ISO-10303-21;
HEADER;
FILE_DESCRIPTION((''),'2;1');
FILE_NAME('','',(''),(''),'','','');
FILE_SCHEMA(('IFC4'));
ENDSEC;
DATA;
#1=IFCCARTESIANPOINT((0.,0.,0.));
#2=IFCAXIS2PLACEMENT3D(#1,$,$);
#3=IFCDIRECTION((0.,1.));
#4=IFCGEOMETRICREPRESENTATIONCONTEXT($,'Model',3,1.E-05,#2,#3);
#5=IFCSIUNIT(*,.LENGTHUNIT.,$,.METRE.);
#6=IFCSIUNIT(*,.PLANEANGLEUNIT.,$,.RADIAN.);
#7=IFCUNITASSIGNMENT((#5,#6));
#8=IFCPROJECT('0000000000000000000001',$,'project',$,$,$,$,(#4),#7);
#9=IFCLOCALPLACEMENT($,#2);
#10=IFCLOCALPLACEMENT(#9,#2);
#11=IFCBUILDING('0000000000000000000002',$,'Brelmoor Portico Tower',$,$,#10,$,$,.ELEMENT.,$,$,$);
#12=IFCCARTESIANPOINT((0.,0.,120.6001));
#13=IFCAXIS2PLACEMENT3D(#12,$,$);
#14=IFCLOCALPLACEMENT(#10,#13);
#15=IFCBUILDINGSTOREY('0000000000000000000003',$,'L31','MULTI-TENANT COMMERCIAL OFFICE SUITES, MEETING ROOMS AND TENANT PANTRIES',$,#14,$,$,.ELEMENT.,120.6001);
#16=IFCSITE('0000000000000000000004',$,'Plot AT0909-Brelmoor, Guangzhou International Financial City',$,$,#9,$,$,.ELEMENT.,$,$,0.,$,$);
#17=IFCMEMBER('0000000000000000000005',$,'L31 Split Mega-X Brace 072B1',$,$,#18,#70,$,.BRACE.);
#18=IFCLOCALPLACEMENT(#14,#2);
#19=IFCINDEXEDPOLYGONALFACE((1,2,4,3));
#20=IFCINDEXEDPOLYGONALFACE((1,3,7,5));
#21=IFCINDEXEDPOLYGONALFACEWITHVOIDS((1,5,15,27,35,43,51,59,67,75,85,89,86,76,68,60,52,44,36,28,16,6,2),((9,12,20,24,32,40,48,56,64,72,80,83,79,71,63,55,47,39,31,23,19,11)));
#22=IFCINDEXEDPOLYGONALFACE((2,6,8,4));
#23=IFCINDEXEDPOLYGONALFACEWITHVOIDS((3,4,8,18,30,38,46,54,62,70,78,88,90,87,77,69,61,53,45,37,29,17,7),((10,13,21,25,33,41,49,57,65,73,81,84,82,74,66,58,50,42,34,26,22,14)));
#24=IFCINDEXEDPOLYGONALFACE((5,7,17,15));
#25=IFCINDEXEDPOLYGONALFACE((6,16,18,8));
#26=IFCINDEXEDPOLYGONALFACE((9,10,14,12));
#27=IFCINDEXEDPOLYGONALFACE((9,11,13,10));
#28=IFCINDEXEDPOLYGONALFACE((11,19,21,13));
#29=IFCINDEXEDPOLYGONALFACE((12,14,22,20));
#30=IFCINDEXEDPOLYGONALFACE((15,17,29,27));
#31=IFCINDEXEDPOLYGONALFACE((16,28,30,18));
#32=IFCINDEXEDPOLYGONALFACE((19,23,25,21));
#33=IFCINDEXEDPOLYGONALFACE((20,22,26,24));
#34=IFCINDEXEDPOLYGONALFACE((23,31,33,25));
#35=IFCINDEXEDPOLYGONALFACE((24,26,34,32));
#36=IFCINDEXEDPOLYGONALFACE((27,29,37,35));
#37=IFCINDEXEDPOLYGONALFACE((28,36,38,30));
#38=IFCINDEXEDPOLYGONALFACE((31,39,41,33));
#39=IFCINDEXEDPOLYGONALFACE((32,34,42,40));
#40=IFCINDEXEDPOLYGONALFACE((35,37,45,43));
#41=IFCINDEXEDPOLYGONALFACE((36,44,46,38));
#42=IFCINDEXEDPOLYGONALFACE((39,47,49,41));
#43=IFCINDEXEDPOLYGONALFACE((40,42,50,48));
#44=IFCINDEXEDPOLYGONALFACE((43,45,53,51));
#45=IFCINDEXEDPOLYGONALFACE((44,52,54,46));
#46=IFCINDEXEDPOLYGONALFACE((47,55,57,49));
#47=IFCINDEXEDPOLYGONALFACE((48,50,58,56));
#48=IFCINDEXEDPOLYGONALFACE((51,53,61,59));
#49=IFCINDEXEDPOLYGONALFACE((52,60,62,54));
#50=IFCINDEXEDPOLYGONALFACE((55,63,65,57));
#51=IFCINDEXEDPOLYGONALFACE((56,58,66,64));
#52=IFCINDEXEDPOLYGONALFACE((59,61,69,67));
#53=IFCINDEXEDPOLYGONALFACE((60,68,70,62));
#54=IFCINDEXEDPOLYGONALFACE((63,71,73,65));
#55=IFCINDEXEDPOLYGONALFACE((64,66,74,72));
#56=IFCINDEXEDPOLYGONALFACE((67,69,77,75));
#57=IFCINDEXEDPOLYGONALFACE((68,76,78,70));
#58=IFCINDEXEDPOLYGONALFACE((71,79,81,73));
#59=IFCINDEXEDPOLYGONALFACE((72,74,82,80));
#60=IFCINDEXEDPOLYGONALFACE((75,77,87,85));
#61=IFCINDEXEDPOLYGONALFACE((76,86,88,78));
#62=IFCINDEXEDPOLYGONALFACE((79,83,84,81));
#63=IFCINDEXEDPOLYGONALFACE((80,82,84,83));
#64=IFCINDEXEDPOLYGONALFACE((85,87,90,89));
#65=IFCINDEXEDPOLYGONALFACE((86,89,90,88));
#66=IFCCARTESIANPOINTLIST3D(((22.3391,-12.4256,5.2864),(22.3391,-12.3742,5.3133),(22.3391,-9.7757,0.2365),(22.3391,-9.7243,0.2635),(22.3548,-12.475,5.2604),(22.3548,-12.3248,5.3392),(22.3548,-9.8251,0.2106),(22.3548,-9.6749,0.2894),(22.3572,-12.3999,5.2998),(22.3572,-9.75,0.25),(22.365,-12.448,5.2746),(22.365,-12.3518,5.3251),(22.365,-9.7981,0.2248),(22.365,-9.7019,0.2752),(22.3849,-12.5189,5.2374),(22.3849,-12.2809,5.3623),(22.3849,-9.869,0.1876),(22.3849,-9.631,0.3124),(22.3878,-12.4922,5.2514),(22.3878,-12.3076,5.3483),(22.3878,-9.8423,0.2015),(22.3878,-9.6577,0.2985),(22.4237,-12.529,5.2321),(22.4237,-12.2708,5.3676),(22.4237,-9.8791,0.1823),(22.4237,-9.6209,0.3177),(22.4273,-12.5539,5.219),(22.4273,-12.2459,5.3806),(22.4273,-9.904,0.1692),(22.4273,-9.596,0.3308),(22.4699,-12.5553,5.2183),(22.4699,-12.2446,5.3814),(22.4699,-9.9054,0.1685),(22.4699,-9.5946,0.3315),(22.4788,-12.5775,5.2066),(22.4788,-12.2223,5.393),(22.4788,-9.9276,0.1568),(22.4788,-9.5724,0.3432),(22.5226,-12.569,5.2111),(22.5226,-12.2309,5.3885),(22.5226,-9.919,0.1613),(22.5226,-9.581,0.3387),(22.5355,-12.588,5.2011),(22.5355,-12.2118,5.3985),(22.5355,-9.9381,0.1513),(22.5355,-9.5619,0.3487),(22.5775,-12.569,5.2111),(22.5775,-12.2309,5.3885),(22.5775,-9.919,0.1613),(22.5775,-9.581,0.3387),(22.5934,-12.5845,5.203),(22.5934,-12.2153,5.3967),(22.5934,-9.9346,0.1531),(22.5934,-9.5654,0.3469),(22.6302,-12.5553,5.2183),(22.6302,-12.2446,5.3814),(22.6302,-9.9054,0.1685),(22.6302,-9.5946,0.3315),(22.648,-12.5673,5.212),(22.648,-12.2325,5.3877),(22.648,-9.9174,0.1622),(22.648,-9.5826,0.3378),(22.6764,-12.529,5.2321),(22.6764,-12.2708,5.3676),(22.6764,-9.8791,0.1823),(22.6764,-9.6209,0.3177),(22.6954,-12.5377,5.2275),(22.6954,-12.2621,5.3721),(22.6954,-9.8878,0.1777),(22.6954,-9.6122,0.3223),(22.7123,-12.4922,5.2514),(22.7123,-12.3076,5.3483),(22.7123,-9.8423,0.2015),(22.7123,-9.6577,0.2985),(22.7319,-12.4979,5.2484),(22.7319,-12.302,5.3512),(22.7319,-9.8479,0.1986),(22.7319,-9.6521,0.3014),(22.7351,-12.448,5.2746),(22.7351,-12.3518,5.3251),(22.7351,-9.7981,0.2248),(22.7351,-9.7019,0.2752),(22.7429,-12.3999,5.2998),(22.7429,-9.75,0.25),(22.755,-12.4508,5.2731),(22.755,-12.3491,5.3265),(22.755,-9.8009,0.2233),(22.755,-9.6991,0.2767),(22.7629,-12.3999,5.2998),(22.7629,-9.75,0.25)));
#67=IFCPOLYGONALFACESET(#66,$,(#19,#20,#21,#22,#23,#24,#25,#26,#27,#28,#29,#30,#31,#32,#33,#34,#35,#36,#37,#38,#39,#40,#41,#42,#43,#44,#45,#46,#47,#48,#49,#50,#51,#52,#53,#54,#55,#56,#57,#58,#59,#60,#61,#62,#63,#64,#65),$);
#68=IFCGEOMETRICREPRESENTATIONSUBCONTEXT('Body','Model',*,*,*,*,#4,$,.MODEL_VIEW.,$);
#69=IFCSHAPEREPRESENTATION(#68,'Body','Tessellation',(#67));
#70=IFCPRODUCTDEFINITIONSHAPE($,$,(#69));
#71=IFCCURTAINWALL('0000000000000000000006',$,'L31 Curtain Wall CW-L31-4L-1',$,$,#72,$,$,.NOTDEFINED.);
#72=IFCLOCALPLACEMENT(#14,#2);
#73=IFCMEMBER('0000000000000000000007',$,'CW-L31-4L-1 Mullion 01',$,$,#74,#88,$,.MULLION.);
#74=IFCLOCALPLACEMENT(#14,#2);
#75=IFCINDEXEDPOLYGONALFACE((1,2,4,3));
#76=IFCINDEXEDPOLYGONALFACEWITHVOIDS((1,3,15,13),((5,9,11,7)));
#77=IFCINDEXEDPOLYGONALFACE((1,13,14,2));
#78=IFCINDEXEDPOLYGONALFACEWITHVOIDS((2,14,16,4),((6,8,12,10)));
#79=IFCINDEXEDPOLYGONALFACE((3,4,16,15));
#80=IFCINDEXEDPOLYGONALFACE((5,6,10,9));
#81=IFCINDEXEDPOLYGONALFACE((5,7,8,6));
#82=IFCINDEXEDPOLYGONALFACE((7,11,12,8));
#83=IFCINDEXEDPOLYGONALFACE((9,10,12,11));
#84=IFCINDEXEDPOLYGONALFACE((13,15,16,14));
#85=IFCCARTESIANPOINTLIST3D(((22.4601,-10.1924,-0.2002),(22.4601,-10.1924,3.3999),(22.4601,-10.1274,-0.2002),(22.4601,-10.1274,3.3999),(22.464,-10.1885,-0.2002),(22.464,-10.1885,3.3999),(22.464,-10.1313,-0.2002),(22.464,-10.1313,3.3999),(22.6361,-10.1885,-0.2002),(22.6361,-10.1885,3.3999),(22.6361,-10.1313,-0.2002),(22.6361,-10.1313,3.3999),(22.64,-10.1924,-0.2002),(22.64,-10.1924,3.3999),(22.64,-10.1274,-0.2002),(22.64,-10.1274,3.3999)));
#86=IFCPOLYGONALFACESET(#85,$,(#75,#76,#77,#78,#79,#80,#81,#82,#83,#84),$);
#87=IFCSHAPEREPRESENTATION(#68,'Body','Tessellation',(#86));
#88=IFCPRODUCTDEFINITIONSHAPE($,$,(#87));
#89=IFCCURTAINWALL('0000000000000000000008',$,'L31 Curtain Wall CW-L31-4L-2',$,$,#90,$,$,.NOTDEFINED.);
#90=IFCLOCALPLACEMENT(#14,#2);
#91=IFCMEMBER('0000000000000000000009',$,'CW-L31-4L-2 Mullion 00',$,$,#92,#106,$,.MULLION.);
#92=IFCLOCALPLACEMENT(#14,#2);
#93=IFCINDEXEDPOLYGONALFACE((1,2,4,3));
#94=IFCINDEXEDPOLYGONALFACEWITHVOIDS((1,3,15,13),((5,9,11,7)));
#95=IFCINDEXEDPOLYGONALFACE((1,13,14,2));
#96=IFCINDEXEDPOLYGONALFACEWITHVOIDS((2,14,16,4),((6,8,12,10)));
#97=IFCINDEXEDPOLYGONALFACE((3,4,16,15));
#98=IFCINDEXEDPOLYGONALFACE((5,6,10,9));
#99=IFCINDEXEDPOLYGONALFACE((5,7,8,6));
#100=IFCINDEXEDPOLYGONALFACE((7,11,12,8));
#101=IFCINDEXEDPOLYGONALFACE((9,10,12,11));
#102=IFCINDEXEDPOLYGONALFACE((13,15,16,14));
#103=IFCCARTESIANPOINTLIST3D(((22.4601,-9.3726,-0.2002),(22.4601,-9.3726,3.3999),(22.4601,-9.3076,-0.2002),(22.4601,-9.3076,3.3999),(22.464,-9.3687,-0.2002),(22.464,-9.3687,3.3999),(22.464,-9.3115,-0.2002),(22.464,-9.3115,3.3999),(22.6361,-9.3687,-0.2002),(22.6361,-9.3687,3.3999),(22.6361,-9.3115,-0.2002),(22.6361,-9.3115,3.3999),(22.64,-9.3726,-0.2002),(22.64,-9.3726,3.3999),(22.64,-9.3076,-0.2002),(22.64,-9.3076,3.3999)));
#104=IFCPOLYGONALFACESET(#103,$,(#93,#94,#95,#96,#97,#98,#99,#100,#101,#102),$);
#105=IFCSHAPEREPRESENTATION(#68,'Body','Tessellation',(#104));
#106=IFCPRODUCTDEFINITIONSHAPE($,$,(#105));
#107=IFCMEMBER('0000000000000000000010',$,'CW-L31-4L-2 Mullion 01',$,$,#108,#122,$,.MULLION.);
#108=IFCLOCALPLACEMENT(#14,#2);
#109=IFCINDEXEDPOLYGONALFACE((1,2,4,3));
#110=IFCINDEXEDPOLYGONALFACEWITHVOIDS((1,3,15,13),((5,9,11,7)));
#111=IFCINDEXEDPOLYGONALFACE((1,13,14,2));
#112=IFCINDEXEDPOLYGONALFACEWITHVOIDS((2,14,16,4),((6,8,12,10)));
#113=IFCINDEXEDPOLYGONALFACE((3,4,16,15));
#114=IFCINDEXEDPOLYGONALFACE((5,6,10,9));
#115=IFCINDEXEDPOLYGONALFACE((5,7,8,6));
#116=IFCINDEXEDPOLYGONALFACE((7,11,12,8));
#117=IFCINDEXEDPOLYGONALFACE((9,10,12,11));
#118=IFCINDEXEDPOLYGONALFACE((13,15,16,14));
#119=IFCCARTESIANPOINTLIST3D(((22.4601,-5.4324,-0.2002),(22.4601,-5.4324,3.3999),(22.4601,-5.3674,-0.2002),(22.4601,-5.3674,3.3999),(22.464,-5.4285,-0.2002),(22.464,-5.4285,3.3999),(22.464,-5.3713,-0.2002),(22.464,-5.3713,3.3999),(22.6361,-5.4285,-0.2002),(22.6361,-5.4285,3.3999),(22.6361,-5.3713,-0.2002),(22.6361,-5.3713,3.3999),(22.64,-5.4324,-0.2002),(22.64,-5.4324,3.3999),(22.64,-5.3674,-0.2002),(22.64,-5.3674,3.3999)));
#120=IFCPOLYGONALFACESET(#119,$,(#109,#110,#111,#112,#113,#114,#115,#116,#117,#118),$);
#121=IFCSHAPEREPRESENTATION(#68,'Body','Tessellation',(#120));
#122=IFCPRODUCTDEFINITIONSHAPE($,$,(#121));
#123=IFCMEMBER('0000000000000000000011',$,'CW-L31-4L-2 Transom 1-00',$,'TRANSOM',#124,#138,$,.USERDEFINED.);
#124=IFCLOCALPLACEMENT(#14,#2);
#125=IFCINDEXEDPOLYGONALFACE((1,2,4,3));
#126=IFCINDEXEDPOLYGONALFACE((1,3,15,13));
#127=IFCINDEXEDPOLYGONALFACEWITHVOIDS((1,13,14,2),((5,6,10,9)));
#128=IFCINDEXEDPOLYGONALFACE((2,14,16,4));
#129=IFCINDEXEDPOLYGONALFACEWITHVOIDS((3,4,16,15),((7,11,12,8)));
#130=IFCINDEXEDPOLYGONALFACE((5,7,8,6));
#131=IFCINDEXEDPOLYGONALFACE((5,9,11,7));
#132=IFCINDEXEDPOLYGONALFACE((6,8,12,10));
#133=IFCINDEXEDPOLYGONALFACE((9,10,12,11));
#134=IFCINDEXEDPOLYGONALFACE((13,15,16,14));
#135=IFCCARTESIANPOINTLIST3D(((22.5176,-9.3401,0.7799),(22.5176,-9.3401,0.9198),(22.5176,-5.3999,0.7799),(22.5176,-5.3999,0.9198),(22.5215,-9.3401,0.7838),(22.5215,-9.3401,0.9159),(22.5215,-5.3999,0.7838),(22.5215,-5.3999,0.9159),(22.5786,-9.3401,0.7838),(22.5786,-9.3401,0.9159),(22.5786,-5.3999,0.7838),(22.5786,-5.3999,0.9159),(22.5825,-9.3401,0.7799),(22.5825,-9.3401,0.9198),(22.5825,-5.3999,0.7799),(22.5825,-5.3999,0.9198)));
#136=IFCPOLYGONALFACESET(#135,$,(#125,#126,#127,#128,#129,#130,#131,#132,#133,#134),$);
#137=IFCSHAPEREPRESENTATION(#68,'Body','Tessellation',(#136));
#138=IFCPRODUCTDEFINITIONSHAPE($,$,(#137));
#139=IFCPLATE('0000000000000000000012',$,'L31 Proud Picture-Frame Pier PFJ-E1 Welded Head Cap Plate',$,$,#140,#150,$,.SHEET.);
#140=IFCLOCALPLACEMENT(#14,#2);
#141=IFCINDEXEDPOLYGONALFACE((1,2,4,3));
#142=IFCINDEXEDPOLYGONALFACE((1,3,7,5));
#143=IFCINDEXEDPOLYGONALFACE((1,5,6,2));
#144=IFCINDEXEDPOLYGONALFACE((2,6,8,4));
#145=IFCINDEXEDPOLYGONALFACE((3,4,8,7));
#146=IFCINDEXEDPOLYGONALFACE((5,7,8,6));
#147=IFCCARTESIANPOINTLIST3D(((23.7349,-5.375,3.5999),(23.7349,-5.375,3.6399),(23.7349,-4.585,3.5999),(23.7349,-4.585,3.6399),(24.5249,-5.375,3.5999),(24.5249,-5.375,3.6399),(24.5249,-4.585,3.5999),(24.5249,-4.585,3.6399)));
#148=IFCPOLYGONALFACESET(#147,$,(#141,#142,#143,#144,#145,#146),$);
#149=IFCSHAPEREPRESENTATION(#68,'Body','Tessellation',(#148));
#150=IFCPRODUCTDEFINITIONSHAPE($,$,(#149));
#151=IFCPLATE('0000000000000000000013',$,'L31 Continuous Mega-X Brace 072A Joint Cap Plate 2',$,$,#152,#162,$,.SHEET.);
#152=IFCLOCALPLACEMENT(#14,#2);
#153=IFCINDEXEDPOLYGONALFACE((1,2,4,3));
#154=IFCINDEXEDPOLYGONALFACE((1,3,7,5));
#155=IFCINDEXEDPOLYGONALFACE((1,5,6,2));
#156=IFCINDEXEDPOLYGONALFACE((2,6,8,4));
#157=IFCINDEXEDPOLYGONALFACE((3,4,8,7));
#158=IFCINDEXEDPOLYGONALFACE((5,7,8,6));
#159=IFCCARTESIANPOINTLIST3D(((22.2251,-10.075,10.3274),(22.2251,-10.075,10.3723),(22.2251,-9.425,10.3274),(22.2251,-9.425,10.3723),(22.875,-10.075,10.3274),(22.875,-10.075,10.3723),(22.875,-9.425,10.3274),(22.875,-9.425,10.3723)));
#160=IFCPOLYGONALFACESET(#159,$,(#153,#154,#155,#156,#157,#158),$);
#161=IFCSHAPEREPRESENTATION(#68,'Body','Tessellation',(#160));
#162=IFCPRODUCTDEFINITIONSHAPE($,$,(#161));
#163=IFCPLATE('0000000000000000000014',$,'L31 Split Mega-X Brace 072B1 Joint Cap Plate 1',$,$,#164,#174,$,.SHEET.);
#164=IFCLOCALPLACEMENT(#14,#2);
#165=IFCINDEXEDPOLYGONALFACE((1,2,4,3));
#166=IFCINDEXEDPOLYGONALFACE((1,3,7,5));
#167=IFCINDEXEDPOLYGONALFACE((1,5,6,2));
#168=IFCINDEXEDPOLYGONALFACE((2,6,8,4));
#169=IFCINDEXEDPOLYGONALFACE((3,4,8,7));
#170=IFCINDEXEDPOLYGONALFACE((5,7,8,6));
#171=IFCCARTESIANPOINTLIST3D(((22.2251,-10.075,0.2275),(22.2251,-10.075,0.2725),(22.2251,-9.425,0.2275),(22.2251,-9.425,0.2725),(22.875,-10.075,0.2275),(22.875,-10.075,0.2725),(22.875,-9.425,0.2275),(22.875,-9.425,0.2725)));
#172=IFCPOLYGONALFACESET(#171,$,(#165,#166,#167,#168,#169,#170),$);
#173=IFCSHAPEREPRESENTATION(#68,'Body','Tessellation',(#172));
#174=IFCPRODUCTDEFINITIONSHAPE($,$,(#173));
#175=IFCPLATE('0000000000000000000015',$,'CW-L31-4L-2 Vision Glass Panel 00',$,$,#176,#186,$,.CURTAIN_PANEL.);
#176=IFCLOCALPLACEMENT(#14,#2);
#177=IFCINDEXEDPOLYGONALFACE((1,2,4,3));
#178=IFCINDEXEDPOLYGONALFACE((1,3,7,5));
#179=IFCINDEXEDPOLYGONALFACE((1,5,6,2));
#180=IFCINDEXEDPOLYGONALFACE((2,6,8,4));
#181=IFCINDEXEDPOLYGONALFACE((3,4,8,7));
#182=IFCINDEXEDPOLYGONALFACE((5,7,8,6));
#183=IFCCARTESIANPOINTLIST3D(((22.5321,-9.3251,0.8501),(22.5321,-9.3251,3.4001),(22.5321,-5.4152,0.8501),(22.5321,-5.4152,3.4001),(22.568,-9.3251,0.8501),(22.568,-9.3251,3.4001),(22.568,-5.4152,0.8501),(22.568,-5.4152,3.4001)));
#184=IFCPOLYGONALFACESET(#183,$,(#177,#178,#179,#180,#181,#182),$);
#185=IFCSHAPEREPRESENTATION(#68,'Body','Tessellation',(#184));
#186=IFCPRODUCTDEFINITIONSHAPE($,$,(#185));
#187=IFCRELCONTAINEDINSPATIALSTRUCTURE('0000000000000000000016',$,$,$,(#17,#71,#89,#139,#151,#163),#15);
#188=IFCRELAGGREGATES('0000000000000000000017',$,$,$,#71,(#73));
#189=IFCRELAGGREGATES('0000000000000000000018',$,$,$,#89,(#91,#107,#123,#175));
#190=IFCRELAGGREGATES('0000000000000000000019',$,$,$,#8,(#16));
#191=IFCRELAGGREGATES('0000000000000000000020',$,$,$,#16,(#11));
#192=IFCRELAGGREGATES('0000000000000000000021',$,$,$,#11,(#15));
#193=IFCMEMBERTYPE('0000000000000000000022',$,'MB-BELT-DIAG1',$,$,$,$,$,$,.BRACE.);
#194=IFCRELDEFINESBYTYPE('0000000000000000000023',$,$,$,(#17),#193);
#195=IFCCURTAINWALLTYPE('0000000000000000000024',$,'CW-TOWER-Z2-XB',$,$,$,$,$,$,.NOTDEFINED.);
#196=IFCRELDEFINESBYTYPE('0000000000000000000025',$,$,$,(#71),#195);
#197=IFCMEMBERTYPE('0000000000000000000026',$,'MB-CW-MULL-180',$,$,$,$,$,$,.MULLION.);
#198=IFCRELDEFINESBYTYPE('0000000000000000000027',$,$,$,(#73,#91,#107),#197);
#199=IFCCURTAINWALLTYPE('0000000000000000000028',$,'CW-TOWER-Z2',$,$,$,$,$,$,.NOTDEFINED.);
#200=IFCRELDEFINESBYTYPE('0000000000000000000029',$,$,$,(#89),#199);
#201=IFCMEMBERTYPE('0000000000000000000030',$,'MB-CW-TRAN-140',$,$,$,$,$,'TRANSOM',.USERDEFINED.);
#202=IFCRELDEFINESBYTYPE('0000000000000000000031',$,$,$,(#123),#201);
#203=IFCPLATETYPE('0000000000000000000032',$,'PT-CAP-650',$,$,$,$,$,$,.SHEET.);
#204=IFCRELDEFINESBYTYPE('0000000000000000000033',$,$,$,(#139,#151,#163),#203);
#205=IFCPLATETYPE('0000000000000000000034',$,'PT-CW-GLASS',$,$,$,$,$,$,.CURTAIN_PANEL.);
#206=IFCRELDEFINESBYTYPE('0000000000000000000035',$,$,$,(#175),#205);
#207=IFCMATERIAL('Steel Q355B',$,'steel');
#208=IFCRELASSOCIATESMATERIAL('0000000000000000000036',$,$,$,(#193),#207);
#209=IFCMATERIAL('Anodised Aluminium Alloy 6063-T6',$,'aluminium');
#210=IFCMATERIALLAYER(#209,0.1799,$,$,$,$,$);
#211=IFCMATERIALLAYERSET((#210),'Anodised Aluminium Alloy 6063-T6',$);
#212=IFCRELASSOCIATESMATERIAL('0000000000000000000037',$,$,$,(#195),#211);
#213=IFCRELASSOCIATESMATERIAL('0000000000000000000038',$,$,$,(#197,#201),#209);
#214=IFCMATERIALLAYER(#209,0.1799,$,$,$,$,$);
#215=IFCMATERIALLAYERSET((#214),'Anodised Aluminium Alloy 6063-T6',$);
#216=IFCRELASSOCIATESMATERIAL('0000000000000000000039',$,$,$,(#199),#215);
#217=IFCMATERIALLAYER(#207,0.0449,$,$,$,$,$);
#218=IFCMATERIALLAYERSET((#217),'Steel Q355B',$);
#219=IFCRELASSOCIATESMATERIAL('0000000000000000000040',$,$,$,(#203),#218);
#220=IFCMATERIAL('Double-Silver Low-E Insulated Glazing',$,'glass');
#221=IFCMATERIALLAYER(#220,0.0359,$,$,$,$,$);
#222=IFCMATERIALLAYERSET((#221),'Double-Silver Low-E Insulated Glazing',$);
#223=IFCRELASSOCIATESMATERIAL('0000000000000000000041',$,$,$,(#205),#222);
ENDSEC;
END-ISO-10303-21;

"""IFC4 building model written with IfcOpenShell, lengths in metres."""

from ifc_helpers import new_model, si_unit, direction, frame, origin, origin_2d, place, context, subcontext, project, spatial, rectangle, hollow_rectangle, hollow_circle, extrude, material, layer, layer_set, material_profile, profile_set, type_object, element, aggregate, save


model = new_model("IFC4")

# Units and contexts
model_context = context("Model", 3, precision=1e-05, world=origin(), true_north=direction((0.0, 1.0)))
body_context = subcontext(model_context, "Body", "Model", "MODEL_VIEW")
ifc_project = project(units=[si_unit("LENGTHUNIT", "METRE"), si_unit("PLANEANGLEUNIT", "RADIAN")], contexts=[model_context])

# Site, building, storey
site_placement = place(None, origin())
site = spatial("IfcSite", under=ifc_project, at=site_placement, Name="Plot AT0909-Brelmoor, Guangzhou International Financial City", CompositionType="ELEMENT", RefElevation=0.0)
building_placement = place(site_placement, origin())
building = spatial("IfcBuilding", under=site, at=building_placement, Name="Brelmoor Portico Tower", CompositionType="ELEMENT")
storey_placement = place(building_placement, frame((0.0, 0.0, 120.6001)))
storey = spatial("IfcBuildingStorey", under=building, at=storey_placement, Name="L31", Description="MULTI-TENANT COMMERCIAL OFFICE SUITES, MEETING ROOMS AND TENANT PANTRIES", CompositionType="ELEMENT", Elevation=120.6001)

# Shared definitions
ifc_material_1 = material(Name="Steel Q355B", Category="steel")

# Member
ifc_material_profile_1 = material_profile(ifc_material_1, hollow_circle(Radius=0.2129, WallThickness=0.02, at=origin_2d()), Name="CHS 426x20")
ifc_profile_set_1 = profile_set([ifc_material_profile_1], Name="Steel Q355B")
member_type_1 = type_object("IfcMemberType", Name="MB-BELT-DIAG1", PredefinedType="BRACE", material=ifc_profile_set_1)
member_1_placement = place(storey_placement, frame((22.55, -9.75, 0.25), z_axis=(0.0, -0.464663, 0.885488), x_axis=(1.0, 0.0, 0.0)))
element("IfcMember", 1, at=member_1_placement, inside=storey, type_object=member_type_1, Name="L31 Split Mega-X Brace 072B1", PredefinedType="BRACE", context=body_context, shape_type="SweptSolid", body=[
    extrude(hollow_circle(Radius=0.2129, WallThickness=0.02, at=origin_2d()), origin(), (0.0, 0.0, 1.0), 5.7029),
])

# Curtain wall, member
ifc_material_2 = material(Name="Anodised Aluminium Alloy 6063-T6", Category="aluminium")
ifc_layer_1 = layer(ifc_material_2, 0.1799)
ifc_layer_set_1 = layer_set([ifc_layer_1], Name="Anodised Aluminium Alloy 6063-T6")
curtain_wall_type_1 = type_object("IfcCurtainWallType", Name="CW-TOWER-Z2-XB", PredefinedType="NOTDEFINED", material=ifc_layer_set_1)
curtain_wall_1_placement = place(storey_placement, origin())
curtain_wall_1 = element("IfcCurtainWall", 2, at=curtain_wall_1_placement, inside=storey, type_object=curtain_wall_type_1, Name="L31 Curtain Wall CW-L31-4L-1", PredefinedType="NOTDEFINED")
ifc_material_profile_2 = material_profile(ifc_material_2, hollow_rectangle(XDim=0.0649, YDim=0.1799, WallThickness=0.0039, at=origin_2d()), Name="ALU MULLION 65x180")
ifc_profile_set_2 = profile_set([ifc_material_profile_2], Name="Anodised Aluminium Alloy 6063-T6")
member_type_2 = type_object("IfcMemberType", Name="MB-CW-MULL-180", PredefinedType="MULLION", material=ifc_profile_set_2)
member_2_placement = place(storey_placement, frame((22.55, -10.1599, -0.2002), z_axis=(0.0, 0.0, 1.0), x_axis=(0.0, 1.0, 0.0)))
member_2 = element("IfcMember", 3, at=member_2_placement, type_object=member_type_2, Name="CW-L31-4L-1 Mullion 01", PredefinedType="MULLION", context=body_context, shape_type="SweptSolid", body=[
    extrude(hollow_rectangle(XDim=0.0649, YDim=0.1799, WallThickness=0.0039, at=origin_2d()), origin(), (0.0, 0.0, 1.0), 3.6001),
])

# Curtain wall, members
ifc_layer_2 = layer(ifc_material_2, 0.1799)
ifc_layer_set_2 = layer_set([ifc_layer_2], Name="Anodised Aluminium Alloy 6063-T6")
curtain_wall_type_2 = type_object("IfcCurtainWallType", Name="CW-TOWER-Z2", PredefinedType="NOTDEFINED", material=ifc_layer_set_2)
curtain_wall_2_placement = place(storey_placement, origin())
curtain_wall_2 = element("IfcCurtainWall", 4, at=curtain_wall_2_placement, inside=storey, type_object=curtain_wall_type_2, Name="L31 Curtain Wall CW-L31-4L-2", PredefinedType="NOTDEFINED")
member_3_placement = place(storey_placement, frame((22.55, -9.3401, -0.2002), z_axis=(0.0, 0.0, 1.0), x_axis=(0.0, 1.0, 0.0)))
member_3 = element("IfcMember", 5, at=member_3_placement, type_object=member_type_2, Name="CW-L31-4L-2 Mullion 00", PredefinedType="MULLION", context=body_context, shape_type="SweptSolid", body=[
    extrude(hollow_rectangle(XDim=0.0649, YDim=0.1799, WallThickness=0.0039, at=origin_2d()), origin(), (0.0, 0.0, 1.0), 3.6001),
])
member_4_placement = place(storey_placement, frame((22.55, -5.3999, -0.2002), z_axis=(0.0, 0.0, 1.0), x_axis=(0.0, 1.0, 0.0)))
member_4 = element("IfcMember", 6, at=member_4_placement, type_object=member_type_2, Name="CW-L31-4L-2 Mullion 01", PredefinedType="MULLION", context=body_context, shape_type="SweptSolid", body=[
    extrude(hollow_rectangle(XDim=0.0649, YDim=0.1799, WallThickness=0.0039, at=origin_2d()), origin(), (0.0, 0.0, 1.0), 3.6001),
])
ifc_material_profile_3 = material_profile(ifc_material_2, hollow_rectangle(XDim=0.0649, YDim=0.1399, WallThickness=0.0039, at=origin_2d()), Name="ALU TRANSOM 65x140")
ifc_profile_set_3 = profile_set([ifc_material_profile_3], Name="Anodised Aluminium Alloy 6063-T6")
member_type_3 = type_object("IfcMemberType", Name="MB-CW-TRAN-140", ElementType="TRANSOM", PredefinedType="USERDEFINED", material=ifc_profile_set_3)
member_5_placement = place(storey_placement, frame((22.55, -9.3401, 0.8499), z_axis=(0.0, 1.0, 0.0), x_axis=(-1.0, 0.0, 0.0)))
member_5 = element("IfcMember", 7, at=member_5_placement, type_object=member_type_3, Name="CW-L31-4L-2 Transom 1-00", ObjectType="TRANSOM", PredefinedType="USERDEFINED", context=body_context, shape_type="SweptSolid", body=[
    extrude(hollow_rectangle(XDim=0.0649, YDim=0.1399, WallThickness=0.0039, at=origin_2d()), origin(), (0.0, 0.0, 1.0), 3.9402),
])

# Plates
ifc_layer_3 = layer(ifc_material_1, 0.0449)
ifc_layer_set_3 = layer_set([ifc_layer_3], Name="Steel Q355B")
plate_type_1 = type_object("IfcPlateType", Name="PT-CAP-650", PredefinedType="SHEET", material=ifc_layer_set_3)
plate_1_placement = place(storey_placement, frame((24.1299, -4.98, 3.5999), z_axis=(0.0, 0.0, 1.0), x_axis=(0.0, 1.0, 0.0)))
element("IfcPlate", 8, at=plate_1_placement, inside=storey, type_object=plate_type_1, Name="L31 Proud Picture-Frame Pier PFJ-E1 Welded Head Cap Plate", PredefinedType="SHEET", context=body_context, shape_type="SweptSolid", body=[
    extrude(rectangle(XDim=0.79, YDim=0.79, at=origin_2d()), origin(), (0.0, 0.0, 1.0), 0.04),
])
for number, where, z_axis, x_axis, name in (
    (9, (22.55, -9.75, 10.3274), (0.0, 0.0, 1.0), (1.0, 0.0, 0.0), "L31 Continuous Mega-X Brace 072A Joint Cap Plate 2"),
    (10, (22.55, -9.75, 0.2275), (0.0, 0.0, 1.0), (1.0, 0.0, 0.0), "L31 Split Mega-X Brace 072B1 Joint Cap Plate 1"),
):
    element("IfcPlate", number, at=place(storey_placement, frame(where, z_axis=z_axis, x_axis=x_axis)), inside=storey, type_object=plate_type_1, Name=name, PredefinedType="SHEET", context=body_context, shape_type="SweptSolid", body=[
        extrude(rectangle(XDim=0.6499, YDim=0.6499, at=origin_2d()), origin(), (0.0, 0.0, 1.0), 0.0449),
    ])

# Plate
ifc_material_3 = material(Name="Double-Silver Low-E Insulated Glazing", Category="glass")
ifc_layer_4 = layer(ifc_material_3, 0.0359)
ifc_layer_set_4 = layer_set([ifc_layer_4], Name="Double-Silver Low-E Insulated Glazing")
plate_type_2 = type_object("IfcPlateType", Name="PT-CW-GLASS", PredefinedType="CURTAIN_PANEL", material=ifc_layer_set_4)
plate_2_placement = place(storey_placement, frame((22.55, -7.3701, 0.8501), z_axis=(0.0, 0.0, 1.0), x_axis=(0.0, 1.0, 0.0)))
plate_2 = element("IfcPlate", 11, at=plate_2_placement, type_object=plate_type_2, Name="CW-L31-4L-2 Vision Glass Panel 00", PredefinedType="CURTAIN_PANEL", context=body_context, shape_type="SweptSolid", body=[
    extrude(rectangle(XDim=3.9099, YDim=0.0359, at=origin_2d()), origin(), (0.0, 0.0, 1.0), 2.55),
])
aggregate(curtain_wall_1, [member_2])
aggregate(curtain_wall_2, [member_3, member_4, member_5, plate_2])

save(model, "model.ifc")
